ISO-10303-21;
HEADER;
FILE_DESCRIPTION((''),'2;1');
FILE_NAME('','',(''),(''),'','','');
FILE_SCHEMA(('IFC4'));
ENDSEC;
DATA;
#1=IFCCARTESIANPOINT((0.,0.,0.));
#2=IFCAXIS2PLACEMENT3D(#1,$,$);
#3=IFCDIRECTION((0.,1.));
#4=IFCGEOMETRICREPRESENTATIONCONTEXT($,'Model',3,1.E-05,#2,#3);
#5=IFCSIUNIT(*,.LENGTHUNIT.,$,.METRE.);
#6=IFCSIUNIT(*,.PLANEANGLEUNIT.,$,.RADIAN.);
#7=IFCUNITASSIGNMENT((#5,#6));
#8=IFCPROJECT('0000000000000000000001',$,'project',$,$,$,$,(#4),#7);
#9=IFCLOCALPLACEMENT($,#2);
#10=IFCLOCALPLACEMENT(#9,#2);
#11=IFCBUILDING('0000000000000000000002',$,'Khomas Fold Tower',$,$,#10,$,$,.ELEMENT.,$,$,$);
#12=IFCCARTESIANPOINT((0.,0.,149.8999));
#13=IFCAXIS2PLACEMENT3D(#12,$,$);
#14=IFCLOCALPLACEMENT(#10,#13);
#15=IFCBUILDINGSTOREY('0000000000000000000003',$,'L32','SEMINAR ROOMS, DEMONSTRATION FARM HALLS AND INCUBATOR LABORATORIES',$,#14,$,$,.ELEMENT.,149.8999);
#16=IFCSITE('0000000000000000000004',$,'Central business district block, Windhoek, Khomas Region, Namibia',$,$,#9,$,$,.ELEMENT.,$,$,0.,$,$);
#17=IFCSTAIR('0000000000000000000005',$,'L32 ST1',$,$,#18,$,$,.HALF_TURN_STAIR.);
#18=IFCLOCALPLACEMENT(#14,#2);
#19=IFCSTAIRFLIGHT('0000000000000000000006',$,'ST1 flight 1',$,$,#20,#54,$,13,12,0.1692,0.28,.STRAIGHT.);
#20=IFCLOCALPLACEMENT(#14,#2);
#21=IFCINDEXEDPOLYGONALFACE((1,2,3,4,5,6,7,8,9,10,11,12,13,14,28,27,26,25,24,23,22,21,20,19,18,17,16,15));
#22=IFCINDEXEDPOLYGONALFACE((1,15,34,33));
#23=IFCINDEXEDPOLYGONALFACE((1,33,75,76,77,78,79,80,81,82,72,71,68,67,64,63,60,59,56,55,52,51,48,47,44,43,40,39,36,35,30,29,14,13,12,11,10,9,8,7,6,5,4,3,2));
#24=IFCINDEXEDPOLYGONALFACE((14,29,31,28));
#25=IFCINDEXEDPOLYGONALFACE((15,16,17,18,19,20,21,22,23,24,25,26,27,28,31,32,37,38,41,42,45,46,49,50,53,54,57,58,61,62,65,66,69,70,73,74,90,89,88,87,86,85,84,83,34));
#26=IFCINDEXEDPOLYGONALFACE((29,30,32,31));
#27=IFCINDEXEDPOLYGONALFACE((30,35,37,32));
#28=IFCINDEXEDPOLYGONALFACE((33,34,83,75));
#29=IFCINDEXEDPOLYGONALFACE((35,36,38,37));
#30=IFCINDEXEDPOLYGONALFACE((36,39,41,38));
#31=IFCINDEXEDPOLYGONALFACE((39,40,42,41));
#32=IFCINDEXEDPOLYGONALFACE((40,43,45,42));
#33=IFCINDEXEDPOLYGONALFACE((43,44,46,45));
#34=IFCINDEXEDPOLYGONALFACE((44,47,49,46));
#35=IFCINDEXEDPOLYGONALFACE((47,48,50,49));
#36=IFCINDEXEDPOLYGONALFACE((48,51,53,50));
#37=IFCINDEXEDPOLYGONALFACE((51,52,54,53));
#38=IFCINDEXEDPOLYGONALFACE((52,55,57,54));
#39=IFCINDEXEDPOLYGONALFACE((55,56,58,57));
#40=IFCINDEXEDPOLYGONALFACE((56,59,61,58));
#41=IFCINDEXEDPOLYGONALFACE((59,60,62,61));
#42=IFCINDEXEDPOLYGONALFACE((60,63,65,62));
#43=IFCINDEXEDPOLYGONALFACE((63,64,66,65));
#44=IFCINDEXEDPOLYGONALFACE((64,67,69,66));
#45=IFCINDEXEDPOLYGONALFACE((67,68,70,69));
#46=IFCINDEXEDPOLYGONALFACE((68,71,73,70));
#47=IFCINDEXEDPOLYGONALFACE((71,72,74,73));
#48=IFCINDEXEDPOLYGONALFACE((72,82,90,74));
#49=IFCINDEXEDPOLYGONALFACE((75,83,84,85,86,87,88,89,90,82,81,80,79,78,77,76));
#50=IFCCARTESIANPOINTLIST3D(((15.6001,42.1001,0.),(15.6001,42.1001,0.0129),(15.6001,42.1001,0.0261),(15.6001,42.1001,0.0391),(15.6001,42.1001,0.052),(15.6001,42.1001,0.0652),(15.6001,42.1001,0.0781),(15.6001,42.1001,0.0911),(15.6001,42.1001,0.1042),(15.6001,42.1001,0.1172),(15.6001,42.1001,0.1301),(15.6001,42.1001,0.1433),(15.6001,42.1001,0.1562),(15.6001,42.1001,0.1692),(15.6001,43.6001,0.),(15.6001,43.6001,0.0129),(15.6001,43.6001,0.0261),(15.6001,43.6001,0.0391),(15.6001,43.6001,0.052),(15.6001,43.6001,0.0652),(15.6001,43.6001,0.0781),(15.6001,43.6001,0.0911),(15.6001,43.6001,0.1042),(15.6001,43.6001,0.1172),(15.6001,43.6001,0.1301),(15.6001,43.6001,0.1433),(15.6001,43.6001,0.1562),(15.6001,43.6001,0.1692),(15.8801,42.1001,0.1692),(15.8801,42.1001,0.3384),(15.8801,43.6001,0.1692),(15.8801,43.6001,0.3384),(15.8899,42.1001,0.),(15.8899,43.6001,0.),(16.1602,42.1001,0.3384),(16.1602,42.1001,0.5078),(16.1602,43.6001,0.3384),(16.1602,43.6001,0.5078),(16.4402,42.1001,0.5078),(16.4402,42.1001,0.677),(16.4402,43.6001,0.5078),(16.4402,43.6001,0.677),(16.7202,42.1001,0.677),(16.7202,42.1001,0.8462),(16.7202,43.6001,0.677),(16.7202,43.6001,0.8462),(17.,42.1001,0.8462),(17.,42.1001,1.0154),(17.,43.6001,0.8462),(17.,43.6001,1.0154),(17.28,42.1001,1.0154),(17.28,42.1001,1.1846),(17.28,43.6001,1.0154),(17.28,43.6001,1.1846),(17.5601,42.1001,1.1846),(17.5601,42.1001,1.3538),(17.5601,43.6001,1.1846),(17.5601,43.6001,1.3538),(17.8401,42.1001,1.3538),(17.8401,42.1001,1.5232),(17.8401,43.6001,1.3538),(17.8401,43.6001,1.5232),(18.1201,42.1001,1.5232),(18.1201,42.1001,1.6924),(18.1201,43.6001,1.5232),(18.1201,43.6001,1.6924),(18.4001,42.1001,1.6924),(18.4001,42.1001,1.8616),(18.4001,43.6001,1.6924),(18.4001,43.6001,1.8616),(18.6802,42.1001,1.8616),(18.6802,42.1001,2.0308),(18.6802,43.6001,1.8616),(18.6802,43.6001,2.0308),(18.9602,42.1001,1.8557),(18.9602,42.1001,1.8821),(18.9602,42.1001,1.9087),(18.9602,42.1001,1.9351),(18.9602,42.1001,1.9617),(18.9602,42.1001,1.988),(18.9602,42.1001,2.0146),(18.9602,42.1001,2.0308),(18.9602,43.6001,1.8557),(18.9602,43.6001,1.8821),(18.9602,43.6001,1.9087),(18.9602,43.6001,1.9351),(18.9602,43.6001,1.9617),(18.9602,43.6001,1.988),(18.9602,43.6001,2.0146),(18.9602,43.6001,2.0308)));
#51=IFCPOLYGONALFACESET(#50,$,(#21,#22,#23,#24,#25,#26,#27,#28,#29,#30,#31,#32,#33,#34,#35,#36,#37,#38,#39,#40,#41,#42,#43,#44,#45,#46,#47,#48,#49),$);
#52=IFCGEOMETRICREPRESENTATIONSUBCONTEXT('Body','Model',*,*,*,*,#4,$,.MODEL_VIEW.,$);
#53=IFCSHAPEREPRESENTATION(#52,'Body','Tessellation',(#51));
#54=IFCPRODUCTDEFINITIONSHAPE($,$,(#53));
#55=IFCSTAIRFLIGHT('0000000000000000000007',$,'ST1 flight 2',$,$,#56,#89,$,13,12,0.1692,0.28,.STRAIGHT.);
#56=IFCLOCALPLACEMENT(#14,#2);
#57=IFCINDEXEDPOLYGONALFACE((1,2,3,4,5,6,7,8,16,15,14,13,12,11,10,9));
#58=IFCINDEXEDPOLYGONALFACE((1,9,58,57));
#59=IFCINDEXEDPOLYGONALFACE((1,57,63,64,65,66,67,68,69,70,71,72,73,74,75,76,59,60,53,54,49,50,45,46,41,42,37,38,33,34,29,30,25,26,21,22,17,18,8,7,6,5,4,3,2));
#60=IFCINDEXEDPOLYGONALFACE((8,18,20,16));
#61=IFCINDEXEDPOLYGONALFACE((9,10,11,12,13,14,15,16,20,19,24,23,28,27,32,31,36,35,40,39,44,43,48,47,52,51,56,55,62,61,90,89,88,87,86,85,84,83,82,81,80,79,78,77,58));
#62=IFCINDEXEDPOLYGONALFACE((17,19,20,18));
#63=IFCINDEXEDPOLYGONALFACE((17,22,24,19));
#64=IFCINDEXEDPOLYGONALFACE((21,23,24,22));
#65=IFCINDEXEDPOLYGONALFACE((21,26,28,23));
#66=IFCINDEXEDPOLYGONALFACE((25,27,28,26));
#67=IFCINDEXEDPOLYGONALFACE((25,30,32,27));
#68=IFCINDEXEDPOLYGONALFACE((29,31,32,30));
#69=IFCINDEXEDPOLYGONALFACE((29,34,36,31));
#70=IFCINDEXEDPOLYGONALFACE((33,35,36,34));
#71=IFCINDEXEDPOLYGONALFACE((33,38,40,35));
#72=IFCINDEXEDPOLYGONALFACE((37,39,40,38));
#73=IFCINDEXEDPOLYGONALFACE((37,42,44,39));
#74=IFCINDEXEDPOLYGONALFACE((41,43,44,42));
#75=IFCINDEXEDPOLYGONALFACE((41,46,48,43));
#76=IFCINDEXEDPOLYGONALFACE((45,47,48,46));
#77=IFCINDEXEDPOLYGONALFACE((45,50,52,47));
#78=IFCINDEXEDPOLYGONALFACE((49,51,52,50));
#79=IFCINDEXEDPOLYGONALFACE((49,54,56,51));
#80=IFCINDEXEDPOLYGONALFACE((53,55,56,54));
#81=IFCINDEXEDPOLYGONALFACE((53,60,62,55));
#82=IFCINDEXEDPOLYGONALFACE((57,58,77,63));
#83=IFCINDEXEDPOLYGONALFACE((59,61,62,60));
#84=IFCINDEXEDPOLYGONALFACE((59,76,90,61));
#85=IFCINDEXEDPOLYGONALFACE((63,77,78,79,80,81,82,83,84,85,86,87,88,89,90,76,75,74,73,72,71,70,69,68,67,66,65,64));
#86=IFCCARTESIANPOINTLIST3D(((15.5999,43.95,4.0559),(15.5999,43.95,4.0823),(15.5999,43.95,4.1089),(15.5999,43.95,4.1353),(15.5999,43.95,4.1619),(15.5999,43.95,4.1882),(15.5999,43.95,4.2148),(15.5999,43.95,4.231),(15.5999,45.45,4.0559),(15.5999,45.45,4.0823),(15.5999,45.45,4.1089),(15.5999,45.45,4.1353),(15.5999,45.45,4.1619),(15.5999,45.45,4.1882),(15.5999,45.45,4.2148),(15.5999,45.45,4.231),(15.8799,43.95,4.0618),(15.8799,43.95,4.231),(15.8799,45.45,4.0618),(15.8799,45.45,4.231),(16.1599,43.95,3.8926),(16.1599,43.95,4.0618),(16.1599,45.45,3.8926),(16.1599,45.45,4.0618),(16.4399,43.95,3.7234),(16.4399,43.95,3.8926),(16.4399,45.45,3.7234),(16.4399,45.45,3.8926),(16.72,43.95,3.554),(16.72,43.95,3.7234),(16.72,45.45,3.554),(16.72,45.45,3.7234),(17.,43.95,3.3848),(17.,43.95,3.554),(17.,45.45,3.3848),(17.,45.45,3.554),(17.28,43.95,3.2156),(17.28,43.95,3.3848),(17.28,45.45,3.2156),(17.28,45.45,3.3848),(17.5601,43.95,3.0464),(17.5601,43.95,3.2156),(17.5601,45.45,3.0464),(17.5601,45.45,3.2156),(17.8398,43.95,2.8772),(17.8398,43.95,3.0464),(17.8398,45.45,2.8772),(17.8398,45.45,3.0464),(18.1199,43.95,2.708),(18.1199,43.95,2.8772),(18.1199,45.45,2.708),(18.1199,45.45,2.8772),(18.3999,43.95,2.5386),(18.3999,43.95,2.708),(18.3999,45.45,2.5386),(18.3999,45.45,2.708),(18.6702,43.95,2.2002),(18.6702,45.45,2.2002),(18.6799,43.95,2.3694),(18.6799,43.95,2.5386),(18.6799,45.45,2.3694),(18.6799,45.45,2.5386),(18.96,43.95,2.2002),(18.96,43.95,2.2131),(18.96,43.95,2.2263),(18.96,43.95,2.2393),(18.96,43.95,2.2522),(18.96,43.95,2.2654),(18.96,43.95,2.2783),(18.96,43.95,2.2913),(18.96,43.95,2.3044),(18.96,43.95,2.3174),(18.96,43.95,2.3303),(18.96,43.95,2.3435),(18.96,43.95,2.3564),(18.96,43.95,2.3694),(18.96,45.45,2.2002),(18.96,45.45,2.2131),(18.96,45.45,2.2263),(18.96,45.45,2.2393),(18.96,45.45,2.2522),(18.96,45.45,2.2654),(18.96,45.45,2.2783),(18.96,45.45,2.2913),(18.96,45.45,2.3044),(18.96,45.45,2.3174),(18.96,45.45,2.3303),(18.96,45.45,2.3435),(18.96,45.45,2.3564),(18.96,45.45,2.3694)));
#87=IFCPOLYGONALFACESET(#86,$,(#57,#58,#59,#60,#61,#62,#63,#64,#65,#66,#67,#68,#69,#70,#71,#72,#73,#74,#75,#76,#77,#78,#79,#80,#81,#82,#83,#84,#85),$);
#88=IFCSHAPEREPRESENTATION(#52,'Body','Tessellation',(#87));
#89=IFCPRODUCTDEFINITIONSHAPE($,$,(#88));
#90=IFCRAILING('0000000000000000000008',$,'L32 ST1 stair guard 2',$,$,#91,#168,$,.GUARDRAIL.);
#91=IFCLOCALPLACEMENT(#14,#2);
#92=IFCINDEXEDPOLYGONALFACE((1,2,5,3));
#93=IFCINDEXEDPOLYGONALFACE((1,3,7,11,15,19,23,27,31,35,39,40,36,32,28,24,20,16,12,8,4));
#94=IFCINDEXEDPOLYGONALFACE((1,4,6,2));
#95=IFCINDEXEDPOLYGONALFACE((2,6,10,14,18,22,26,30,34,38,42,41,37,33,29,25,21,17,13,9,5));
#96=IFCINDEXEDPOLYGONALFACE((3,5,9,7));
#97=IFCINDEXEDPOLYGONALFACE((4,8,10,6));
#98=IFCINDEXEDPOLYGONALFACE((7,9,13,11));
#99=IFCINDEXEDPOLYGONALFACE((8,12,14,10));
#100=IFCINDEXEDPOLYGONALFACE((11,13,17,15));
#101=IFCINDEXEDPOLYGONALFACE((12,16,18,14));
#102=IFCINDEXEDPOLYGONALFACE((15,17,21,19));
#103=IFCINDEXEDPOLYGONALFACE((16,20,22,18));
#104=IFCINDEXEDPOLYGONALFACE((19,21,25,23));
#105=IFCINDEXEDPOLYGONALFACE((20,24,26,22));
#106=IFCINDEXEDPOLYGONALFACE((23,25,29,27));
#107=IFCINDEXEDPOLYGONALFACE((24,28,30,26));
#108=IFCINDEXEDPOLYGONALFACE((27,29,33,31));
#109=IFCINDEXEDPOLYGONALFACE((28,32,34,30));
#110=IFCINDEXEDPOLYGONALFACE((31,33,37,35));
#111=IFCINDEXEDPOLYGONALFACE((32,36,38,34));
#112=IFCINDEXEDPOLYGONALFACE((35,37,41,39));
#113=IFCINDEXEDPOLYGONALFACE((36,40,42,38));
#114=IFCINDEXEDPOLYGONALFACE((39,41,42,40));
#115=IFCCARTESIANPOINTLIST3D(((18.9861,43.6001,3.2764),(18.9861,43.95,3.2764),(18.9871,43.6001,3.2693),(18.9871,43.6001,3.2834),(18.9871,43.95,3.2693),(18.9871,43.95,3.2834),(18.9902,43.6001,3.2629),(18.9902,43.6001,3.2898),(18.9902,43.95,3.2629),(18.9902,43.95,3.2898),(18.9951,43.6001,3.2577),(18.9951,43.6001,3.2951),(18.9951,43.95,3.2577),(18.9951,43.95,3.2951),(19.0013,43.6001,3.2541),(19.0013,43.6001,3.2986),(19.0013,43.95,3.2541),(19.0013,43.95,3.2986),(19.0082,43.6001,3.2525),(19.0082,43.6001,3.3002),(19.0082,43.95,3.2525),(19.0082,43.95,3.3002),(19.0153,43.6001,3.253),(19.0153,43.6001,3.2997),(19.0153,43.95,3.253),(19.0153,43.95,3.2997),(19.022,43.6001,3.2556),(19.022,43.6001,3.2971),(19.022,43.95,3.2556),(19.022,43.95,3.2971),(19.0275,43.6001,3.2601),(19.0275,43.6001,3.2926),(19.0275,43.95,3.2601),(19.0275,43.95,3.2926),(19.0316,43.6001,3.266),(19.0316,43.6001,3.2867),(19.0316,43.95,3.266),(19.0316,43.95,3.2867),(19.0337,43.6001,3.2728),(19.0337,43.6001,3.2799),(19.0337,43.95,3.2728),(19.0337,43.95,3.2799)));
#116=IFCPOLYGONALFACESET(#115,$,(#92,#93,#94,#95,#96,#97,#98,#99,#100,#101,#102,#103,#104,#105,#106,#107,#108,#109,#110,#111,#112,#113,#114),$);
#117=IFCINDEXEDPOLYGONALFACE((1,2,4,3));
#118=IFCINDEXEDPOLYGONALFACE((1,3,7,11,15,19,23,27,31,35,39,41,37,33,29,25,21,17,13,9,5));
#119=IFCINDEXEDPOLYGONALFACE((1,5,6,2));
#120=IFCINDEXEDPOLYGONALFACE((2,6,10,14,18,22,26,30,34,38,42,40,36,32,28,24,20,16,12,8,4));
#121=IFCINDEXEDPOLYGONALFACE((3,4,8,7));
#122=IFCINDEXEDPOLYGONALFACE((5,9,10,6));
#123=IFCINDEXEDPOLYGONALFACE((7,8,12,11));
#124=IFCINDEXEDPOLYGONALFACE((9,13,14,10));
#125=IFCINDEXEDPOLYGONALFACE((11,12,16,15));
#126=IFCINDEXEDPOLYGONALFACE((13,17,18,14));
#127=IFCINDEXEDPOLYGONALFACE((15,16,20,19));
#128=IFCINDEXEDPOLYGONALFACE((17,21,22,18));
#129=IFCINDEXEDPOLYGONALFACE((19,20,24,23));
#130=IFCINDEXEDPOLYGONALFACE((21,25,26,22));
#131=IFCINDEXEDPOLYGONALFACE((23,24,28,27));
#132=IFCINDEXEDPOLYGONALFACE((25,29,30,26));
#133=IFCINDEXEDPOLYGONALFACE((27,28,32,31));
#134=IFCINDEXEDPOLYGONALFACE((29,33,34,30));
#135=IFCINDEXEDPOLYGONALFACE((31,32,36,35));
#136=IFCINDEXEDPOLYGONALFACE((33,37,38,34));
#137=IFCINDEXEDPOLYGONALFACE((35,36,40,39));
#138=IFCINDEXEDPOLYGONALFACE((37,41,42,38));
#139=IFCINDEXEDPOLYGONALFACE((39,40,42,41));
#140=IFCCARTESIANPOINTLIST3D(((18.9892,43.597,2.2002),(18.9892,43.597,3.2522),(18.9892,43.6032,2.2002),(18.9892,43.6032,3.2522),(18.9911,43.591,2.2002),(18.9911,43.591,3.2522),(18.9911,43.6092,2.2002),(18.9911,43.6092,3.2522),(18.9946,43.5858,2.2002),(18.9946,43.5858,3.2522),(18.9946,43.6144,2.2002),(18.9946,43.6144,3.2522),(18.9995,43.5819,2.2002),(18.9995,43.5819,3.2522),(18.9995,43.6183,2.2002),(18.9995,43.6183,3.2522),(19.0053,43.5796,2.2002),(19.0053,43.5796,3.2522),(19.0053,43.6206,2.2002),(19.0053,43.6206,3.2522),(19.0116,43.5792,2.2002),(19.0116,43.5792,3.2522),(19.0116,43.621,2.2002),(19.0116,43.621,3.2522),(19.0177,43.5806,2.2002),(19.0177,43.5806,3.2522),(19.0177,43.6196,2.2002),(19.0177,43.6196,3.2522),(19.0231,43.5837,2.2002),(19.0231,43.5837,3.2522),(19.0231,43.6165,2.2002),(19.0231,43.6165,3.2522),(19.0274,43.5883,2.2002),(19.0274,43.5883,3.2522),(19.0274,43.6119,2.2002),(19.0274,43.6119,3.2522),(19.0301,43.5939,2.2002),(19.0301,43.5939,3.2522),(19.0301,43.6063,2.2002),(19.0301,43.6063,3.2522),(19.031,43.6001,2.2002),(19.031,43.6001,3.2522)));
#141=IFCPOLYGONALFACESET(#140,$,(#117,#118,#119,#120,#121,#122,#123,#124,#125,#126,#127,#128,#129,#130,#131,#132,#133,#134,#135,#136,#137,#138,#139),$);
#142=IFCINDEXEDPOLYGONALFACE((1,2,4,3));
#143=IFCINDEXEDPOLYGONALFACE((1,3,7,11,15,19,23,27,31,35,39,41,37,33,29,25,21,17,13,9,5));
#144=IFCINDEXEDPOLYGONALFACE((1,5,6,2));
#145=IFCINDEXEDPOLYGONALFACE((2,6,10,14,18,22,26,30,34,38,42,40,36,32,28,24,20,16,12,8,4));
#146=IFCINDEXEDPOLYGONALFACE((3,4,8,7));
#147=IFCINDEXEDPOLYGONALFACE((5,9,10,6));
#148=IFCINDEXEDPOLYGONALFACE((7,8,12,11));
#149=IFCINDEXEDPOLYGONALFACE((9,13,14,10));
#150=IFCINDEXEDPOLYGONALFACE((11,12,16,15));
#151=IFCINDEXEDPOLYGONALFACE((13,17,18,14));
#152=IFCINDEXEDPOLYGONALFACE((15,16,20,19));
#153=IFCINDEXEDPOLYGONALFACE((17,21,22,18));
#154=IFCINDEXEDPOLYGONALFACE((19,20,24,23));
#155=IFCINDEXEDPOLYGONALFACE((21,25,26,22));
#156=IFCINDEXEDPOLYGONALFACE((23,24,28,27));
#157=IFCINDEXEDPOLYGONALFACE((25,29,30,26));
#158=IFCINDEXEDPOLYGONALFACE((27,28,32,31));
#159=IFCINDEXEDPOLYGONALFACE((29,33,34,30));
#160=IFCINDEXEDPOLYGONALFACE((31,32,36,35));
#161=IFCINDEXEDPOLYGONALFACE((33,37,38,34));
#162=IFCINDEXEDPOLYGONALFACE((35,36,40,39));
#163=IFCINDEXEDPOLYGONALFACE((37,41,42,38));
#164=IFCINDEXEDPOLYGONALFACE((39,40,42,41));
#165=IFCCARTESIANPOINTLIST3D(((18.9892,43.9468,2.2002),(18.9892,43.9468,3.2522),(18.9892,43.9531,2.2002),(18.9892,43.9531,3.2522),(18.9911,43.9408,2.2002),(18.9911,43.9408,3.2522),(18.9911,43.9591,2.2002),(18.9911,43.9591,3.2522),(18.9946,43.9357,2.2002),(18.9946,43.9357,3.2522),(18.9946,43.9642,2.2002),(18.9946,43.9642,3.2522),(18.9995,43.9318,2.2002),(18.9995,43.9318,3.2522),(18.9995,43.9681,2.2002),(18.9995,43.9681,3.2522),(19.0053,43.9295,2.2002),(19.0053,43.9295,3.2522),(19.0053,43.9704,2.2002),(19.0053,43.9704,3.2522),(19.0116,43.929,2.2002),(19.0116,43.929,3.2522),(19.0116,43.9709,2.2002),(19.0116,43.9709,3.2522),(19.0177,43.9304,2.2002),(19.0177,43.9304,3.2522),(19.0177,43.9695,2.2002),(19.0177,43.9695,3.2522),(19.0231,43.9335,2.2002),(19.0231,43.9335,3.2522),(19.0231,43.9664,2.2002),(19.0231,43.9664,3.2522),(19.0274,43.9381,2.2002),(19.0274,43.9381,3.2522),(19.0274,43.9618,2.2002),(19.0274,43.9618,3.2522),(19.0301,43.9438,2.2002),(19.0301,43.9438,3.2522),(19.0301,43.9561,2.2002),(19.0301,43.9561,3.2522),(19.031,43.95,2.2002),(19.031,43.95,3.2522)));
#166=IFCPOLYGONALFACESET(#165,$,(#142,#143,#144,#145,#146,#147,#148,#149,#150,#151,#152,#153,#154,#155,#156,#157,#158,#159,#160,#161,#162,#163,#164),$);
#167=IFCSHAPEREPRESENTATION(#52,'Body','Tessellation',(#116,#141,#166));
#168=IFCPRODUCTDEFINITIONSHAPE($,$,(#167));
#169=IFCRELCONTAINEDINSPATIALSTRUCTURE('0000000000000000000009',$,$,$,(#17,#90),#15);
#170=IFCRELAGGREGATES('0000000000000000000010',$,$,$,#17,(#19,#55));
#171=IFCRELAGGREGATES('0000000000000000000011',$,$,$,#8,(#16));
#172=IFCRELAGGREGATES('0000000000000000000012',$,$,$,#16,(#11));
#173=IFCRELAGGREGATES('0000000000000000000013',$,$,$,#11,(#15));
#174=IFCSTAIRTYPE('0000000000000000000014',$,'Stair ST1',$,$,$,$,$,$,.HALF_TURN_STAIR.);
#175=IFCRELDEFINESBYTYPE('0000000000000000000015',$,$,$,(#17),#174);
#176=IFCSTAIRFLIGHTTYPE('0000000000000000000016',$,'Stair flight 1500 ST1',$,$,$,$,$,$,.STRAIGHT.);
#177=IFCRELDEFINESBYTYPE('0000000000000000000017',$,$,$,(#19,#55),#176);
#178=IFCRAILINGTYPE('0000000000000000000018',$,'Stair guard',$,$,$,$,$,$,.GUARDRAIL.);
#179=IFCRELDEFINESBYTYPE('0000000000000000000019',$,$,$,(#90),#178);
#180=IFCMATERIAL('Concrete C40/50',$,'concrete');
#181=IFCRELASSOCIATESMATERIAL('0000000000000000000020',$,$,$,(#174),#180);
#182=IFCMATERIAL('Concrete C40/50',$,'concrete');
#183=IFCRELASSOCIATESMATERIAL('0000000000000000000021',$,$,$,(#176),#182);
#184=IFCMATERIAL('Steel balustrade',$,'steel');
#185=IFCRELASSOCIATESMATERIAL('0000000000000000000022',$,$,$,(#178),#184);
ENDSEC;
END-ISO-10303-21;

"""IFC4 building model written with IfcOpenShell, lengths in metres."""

from ifc_helpers import new_model, si_unit, direction, frame, origin, origin_2d, place, context, subcontext, project, spatial, polyline, circle, outline, extrude, source, transform, mapped, material, type_object, element, aggregate, save


model = new_model("IFC4")

# Units and contexts
model_context = context("Model", 3, precision=1e-05, world=origin(), true_north=direction((0.0, 1.0)))
body_context = subcontext(model_context, "Body", "Model", "MODEL_VIEW")
ifc_project = project(units=[si_unit("LENGTHUNIT", "METRE"), si_unit("PLANEANGLEUNIT", "RADIAN")], contexts=[model_context])

# Site, building, storey
site_placement = place(None, origin())
site = spatial("IfcSite", under=ifc_project, at=site_placement, Name="Central business district block, Windhoek, Khomas Region, Namibia", CompositionType="ELEMENT", RefElevation=0.0)
building_placement = place(site_placement, origin())
building = spatial("IfcBuilding", under=site, at=building_placement, Name="Khomas Fold Tower", CompositionType="ELEMENT")
storey_placement = place(building_placement, frame((0.0, 0.0, 149.8999)))
storey = spatial("IfcBuildingStorey", under=building, at=storey_placement, Name="L32", Description="SEMINAR ROOMS, DEMONSTRATION FARM HALLS AND INCUBATOR LABORATORIES", CompositionType="ELEMENT", Elevation=149.8999)

# Stair, stair flights
ifc_material_1 = material(Name="Concrete C40/50", Category="concrete")
stair_type = type_object("IfcStairType", Name="Stair ST1", PredefinedType="HALF_TURN_STAIR", material=ifc_material_1)
stair_placement = place(storey_placement, origin())
stair = element("IfcStair", 1, at=stair_placement, inside=storey, type_object=stair_type, Name="L32 ST1", PredefinedType="HALF_TURN_STAIR")
ifc_material_2 = material(Name="Concrete C40/50", Category="concrete")
stair_flight_type = type_object("IfcStairFlightType", Name="Stair flight 1500 ST1", PredefinedType="STRAIGHT", material=ifc_material_2)
shared_shape_1 = source(origin(), body_context, "Body", "SweptSolid", [
    extrude(outline(polyline([(0.0, 0.0), (0.0, 0.0129), (0.0, 0.0261), (0.0, 0.0391), (0.0, 0.052), (0.0, 0.0652), (0.0, 0.0781), (0.0, 0.0911), (0.0, 0.1042), (0.0, 0.1172), (0.0, 0.1301), (0.0, 0.1433), (0.0, 0.1562), (0.0, 0.1692), (0.28, 0.1692), (0.28, 0.3384), (0.5601, 0.3384), (0.5601, 0.5078), (0.8401, 0.5078), (0.8401, 0.677), (1.1201, 0.677), (1.1201, 0.8462), (1.3999, 0.8462), (1.3999, 1.0154), (1.6799, 1.0154), (1.6799, 1.1846), (1.96, 1.1846), (1.96, 1.3538), (2.24, 1.3538), (2.24, 1.5232), (2.52, 1.5232), (2.52, 1.6924), (2.8, 1.6924), (2.8, 1.8616), (3.0801, 1.8616), (3.0801, 2.0308), (3.3601, 2.0308), (3.3601, 2.2), (3.3601, 2.1736), (3.3601, 2.147), (3.3601, 2.1206), (3.3601, 2.094), (3.3601, 2.0676), (3.3601, 2.041), (3.3601, 2.0146), (3.3601, 1.988), (3.3601, 1.9617), (3.3601, 1.9351), (3.3601, 1.9087), (3.3601, 1.8821), (3.3601, 1.8557), (0.2898, 0.0), (0.0, 0.0)])), frame((0.0, 0.75, 0.0), z_axis=(0.0, -1.0, 0.0), x_axis=(1.0, 0.0, 0.0)), (0.0, 0.0, 1.0), 1.5),
])
stair_flight_1_placement = place(storey_placement, frame((15.6001, 42.8501, 0.0), z_axis=(0.0, 0.0, 1.0), x_axis=(1.0, 0.0, 0.0)))
stair_flight_1 = element("IfcStairFlight", 2, at=stair_flight_1_placement, type_object=stair_flight_type, Name="ST1 flight 1", NumberOfRisers=13, NumberOfTreads=12, PredefinedType="STRAIGHT", RiserHeight=0.1692, TreadLength=0.28, context=body_context, shape_type="MappedRepresentation", body=[
    mapped(shared_shape_1, transform((0.0, 0.0, 0.0))),
])
stair_flight_2_placement = place(storey_placement, frame((18.96, 44.7, 2.2002), z_axis=(0.0, 0.0, 1.0), x_axis=(-1.0, 0.0, 0.0)))
stair_flight_2 = element("IfcStairFlight", 3, at=stair_flight_2_placement, type_object=stair_flight_type, Name="ST1 flight 2", NumberOfRisers=13, NumberOfTreads=12, PredefinedType="STRAIGHT", RiserHeight=0.1692, TreadLength=0.28, context=body_context, shape_type="MappedRepresentation", body=[
    mapped(shared_shape_1, transform((0.0, 0.0, 0.0))),
])
aggregate(stair, [stair_flight_1, stair_flight_2])

# Railing
ifc_material_3 = material(Name="Steel balustrade", Category="steel")
railing_type_1 = type_object("IfcRailingType", Name="Stair guard", PredefinedType="GUARDRAIL", material=ifc_material_3)
shared_shape_2 = source(origin(), body_context, "Body", "SweptSolid", [
    extrude(circle(Radius=0.0239, at=origin_2d()), frame((0.0, 0.0, 1.0762), z_axis=(0.0, 1.0, 0.0), x_axis=(-1.0, 0.0, 0.0)), (0.0, 0.0, 1.0), 0.3499),
    extrude(circle(Radius=0.021, at=origin_2d()), origin(), (0.0, 0.0, 1.0), 1.052),
    extrude(circle(Radius=0.021, at=origin_2d()), frame((0.0, 0.3499, 0.0)), (0.0, 0.0, 1.0), 1.052),
])
for number, where, name in (
    (4, (19.01, 43.6001, 2.2002), "L32 ST1 stair guard 2"),
):
    element("IfcRailing", number, at=place(storey_placement, frame(where)), inside=storey, type_object=railing_type_1, Name=name, PredefinedType="GUARDRAIL", context=body_context, shape_type="MappedRepresentation", body=[
        mapped(shared_shape_2, transform((0.0, 0.0, 0.0))),
    ])

save(model, "model.ifc")
